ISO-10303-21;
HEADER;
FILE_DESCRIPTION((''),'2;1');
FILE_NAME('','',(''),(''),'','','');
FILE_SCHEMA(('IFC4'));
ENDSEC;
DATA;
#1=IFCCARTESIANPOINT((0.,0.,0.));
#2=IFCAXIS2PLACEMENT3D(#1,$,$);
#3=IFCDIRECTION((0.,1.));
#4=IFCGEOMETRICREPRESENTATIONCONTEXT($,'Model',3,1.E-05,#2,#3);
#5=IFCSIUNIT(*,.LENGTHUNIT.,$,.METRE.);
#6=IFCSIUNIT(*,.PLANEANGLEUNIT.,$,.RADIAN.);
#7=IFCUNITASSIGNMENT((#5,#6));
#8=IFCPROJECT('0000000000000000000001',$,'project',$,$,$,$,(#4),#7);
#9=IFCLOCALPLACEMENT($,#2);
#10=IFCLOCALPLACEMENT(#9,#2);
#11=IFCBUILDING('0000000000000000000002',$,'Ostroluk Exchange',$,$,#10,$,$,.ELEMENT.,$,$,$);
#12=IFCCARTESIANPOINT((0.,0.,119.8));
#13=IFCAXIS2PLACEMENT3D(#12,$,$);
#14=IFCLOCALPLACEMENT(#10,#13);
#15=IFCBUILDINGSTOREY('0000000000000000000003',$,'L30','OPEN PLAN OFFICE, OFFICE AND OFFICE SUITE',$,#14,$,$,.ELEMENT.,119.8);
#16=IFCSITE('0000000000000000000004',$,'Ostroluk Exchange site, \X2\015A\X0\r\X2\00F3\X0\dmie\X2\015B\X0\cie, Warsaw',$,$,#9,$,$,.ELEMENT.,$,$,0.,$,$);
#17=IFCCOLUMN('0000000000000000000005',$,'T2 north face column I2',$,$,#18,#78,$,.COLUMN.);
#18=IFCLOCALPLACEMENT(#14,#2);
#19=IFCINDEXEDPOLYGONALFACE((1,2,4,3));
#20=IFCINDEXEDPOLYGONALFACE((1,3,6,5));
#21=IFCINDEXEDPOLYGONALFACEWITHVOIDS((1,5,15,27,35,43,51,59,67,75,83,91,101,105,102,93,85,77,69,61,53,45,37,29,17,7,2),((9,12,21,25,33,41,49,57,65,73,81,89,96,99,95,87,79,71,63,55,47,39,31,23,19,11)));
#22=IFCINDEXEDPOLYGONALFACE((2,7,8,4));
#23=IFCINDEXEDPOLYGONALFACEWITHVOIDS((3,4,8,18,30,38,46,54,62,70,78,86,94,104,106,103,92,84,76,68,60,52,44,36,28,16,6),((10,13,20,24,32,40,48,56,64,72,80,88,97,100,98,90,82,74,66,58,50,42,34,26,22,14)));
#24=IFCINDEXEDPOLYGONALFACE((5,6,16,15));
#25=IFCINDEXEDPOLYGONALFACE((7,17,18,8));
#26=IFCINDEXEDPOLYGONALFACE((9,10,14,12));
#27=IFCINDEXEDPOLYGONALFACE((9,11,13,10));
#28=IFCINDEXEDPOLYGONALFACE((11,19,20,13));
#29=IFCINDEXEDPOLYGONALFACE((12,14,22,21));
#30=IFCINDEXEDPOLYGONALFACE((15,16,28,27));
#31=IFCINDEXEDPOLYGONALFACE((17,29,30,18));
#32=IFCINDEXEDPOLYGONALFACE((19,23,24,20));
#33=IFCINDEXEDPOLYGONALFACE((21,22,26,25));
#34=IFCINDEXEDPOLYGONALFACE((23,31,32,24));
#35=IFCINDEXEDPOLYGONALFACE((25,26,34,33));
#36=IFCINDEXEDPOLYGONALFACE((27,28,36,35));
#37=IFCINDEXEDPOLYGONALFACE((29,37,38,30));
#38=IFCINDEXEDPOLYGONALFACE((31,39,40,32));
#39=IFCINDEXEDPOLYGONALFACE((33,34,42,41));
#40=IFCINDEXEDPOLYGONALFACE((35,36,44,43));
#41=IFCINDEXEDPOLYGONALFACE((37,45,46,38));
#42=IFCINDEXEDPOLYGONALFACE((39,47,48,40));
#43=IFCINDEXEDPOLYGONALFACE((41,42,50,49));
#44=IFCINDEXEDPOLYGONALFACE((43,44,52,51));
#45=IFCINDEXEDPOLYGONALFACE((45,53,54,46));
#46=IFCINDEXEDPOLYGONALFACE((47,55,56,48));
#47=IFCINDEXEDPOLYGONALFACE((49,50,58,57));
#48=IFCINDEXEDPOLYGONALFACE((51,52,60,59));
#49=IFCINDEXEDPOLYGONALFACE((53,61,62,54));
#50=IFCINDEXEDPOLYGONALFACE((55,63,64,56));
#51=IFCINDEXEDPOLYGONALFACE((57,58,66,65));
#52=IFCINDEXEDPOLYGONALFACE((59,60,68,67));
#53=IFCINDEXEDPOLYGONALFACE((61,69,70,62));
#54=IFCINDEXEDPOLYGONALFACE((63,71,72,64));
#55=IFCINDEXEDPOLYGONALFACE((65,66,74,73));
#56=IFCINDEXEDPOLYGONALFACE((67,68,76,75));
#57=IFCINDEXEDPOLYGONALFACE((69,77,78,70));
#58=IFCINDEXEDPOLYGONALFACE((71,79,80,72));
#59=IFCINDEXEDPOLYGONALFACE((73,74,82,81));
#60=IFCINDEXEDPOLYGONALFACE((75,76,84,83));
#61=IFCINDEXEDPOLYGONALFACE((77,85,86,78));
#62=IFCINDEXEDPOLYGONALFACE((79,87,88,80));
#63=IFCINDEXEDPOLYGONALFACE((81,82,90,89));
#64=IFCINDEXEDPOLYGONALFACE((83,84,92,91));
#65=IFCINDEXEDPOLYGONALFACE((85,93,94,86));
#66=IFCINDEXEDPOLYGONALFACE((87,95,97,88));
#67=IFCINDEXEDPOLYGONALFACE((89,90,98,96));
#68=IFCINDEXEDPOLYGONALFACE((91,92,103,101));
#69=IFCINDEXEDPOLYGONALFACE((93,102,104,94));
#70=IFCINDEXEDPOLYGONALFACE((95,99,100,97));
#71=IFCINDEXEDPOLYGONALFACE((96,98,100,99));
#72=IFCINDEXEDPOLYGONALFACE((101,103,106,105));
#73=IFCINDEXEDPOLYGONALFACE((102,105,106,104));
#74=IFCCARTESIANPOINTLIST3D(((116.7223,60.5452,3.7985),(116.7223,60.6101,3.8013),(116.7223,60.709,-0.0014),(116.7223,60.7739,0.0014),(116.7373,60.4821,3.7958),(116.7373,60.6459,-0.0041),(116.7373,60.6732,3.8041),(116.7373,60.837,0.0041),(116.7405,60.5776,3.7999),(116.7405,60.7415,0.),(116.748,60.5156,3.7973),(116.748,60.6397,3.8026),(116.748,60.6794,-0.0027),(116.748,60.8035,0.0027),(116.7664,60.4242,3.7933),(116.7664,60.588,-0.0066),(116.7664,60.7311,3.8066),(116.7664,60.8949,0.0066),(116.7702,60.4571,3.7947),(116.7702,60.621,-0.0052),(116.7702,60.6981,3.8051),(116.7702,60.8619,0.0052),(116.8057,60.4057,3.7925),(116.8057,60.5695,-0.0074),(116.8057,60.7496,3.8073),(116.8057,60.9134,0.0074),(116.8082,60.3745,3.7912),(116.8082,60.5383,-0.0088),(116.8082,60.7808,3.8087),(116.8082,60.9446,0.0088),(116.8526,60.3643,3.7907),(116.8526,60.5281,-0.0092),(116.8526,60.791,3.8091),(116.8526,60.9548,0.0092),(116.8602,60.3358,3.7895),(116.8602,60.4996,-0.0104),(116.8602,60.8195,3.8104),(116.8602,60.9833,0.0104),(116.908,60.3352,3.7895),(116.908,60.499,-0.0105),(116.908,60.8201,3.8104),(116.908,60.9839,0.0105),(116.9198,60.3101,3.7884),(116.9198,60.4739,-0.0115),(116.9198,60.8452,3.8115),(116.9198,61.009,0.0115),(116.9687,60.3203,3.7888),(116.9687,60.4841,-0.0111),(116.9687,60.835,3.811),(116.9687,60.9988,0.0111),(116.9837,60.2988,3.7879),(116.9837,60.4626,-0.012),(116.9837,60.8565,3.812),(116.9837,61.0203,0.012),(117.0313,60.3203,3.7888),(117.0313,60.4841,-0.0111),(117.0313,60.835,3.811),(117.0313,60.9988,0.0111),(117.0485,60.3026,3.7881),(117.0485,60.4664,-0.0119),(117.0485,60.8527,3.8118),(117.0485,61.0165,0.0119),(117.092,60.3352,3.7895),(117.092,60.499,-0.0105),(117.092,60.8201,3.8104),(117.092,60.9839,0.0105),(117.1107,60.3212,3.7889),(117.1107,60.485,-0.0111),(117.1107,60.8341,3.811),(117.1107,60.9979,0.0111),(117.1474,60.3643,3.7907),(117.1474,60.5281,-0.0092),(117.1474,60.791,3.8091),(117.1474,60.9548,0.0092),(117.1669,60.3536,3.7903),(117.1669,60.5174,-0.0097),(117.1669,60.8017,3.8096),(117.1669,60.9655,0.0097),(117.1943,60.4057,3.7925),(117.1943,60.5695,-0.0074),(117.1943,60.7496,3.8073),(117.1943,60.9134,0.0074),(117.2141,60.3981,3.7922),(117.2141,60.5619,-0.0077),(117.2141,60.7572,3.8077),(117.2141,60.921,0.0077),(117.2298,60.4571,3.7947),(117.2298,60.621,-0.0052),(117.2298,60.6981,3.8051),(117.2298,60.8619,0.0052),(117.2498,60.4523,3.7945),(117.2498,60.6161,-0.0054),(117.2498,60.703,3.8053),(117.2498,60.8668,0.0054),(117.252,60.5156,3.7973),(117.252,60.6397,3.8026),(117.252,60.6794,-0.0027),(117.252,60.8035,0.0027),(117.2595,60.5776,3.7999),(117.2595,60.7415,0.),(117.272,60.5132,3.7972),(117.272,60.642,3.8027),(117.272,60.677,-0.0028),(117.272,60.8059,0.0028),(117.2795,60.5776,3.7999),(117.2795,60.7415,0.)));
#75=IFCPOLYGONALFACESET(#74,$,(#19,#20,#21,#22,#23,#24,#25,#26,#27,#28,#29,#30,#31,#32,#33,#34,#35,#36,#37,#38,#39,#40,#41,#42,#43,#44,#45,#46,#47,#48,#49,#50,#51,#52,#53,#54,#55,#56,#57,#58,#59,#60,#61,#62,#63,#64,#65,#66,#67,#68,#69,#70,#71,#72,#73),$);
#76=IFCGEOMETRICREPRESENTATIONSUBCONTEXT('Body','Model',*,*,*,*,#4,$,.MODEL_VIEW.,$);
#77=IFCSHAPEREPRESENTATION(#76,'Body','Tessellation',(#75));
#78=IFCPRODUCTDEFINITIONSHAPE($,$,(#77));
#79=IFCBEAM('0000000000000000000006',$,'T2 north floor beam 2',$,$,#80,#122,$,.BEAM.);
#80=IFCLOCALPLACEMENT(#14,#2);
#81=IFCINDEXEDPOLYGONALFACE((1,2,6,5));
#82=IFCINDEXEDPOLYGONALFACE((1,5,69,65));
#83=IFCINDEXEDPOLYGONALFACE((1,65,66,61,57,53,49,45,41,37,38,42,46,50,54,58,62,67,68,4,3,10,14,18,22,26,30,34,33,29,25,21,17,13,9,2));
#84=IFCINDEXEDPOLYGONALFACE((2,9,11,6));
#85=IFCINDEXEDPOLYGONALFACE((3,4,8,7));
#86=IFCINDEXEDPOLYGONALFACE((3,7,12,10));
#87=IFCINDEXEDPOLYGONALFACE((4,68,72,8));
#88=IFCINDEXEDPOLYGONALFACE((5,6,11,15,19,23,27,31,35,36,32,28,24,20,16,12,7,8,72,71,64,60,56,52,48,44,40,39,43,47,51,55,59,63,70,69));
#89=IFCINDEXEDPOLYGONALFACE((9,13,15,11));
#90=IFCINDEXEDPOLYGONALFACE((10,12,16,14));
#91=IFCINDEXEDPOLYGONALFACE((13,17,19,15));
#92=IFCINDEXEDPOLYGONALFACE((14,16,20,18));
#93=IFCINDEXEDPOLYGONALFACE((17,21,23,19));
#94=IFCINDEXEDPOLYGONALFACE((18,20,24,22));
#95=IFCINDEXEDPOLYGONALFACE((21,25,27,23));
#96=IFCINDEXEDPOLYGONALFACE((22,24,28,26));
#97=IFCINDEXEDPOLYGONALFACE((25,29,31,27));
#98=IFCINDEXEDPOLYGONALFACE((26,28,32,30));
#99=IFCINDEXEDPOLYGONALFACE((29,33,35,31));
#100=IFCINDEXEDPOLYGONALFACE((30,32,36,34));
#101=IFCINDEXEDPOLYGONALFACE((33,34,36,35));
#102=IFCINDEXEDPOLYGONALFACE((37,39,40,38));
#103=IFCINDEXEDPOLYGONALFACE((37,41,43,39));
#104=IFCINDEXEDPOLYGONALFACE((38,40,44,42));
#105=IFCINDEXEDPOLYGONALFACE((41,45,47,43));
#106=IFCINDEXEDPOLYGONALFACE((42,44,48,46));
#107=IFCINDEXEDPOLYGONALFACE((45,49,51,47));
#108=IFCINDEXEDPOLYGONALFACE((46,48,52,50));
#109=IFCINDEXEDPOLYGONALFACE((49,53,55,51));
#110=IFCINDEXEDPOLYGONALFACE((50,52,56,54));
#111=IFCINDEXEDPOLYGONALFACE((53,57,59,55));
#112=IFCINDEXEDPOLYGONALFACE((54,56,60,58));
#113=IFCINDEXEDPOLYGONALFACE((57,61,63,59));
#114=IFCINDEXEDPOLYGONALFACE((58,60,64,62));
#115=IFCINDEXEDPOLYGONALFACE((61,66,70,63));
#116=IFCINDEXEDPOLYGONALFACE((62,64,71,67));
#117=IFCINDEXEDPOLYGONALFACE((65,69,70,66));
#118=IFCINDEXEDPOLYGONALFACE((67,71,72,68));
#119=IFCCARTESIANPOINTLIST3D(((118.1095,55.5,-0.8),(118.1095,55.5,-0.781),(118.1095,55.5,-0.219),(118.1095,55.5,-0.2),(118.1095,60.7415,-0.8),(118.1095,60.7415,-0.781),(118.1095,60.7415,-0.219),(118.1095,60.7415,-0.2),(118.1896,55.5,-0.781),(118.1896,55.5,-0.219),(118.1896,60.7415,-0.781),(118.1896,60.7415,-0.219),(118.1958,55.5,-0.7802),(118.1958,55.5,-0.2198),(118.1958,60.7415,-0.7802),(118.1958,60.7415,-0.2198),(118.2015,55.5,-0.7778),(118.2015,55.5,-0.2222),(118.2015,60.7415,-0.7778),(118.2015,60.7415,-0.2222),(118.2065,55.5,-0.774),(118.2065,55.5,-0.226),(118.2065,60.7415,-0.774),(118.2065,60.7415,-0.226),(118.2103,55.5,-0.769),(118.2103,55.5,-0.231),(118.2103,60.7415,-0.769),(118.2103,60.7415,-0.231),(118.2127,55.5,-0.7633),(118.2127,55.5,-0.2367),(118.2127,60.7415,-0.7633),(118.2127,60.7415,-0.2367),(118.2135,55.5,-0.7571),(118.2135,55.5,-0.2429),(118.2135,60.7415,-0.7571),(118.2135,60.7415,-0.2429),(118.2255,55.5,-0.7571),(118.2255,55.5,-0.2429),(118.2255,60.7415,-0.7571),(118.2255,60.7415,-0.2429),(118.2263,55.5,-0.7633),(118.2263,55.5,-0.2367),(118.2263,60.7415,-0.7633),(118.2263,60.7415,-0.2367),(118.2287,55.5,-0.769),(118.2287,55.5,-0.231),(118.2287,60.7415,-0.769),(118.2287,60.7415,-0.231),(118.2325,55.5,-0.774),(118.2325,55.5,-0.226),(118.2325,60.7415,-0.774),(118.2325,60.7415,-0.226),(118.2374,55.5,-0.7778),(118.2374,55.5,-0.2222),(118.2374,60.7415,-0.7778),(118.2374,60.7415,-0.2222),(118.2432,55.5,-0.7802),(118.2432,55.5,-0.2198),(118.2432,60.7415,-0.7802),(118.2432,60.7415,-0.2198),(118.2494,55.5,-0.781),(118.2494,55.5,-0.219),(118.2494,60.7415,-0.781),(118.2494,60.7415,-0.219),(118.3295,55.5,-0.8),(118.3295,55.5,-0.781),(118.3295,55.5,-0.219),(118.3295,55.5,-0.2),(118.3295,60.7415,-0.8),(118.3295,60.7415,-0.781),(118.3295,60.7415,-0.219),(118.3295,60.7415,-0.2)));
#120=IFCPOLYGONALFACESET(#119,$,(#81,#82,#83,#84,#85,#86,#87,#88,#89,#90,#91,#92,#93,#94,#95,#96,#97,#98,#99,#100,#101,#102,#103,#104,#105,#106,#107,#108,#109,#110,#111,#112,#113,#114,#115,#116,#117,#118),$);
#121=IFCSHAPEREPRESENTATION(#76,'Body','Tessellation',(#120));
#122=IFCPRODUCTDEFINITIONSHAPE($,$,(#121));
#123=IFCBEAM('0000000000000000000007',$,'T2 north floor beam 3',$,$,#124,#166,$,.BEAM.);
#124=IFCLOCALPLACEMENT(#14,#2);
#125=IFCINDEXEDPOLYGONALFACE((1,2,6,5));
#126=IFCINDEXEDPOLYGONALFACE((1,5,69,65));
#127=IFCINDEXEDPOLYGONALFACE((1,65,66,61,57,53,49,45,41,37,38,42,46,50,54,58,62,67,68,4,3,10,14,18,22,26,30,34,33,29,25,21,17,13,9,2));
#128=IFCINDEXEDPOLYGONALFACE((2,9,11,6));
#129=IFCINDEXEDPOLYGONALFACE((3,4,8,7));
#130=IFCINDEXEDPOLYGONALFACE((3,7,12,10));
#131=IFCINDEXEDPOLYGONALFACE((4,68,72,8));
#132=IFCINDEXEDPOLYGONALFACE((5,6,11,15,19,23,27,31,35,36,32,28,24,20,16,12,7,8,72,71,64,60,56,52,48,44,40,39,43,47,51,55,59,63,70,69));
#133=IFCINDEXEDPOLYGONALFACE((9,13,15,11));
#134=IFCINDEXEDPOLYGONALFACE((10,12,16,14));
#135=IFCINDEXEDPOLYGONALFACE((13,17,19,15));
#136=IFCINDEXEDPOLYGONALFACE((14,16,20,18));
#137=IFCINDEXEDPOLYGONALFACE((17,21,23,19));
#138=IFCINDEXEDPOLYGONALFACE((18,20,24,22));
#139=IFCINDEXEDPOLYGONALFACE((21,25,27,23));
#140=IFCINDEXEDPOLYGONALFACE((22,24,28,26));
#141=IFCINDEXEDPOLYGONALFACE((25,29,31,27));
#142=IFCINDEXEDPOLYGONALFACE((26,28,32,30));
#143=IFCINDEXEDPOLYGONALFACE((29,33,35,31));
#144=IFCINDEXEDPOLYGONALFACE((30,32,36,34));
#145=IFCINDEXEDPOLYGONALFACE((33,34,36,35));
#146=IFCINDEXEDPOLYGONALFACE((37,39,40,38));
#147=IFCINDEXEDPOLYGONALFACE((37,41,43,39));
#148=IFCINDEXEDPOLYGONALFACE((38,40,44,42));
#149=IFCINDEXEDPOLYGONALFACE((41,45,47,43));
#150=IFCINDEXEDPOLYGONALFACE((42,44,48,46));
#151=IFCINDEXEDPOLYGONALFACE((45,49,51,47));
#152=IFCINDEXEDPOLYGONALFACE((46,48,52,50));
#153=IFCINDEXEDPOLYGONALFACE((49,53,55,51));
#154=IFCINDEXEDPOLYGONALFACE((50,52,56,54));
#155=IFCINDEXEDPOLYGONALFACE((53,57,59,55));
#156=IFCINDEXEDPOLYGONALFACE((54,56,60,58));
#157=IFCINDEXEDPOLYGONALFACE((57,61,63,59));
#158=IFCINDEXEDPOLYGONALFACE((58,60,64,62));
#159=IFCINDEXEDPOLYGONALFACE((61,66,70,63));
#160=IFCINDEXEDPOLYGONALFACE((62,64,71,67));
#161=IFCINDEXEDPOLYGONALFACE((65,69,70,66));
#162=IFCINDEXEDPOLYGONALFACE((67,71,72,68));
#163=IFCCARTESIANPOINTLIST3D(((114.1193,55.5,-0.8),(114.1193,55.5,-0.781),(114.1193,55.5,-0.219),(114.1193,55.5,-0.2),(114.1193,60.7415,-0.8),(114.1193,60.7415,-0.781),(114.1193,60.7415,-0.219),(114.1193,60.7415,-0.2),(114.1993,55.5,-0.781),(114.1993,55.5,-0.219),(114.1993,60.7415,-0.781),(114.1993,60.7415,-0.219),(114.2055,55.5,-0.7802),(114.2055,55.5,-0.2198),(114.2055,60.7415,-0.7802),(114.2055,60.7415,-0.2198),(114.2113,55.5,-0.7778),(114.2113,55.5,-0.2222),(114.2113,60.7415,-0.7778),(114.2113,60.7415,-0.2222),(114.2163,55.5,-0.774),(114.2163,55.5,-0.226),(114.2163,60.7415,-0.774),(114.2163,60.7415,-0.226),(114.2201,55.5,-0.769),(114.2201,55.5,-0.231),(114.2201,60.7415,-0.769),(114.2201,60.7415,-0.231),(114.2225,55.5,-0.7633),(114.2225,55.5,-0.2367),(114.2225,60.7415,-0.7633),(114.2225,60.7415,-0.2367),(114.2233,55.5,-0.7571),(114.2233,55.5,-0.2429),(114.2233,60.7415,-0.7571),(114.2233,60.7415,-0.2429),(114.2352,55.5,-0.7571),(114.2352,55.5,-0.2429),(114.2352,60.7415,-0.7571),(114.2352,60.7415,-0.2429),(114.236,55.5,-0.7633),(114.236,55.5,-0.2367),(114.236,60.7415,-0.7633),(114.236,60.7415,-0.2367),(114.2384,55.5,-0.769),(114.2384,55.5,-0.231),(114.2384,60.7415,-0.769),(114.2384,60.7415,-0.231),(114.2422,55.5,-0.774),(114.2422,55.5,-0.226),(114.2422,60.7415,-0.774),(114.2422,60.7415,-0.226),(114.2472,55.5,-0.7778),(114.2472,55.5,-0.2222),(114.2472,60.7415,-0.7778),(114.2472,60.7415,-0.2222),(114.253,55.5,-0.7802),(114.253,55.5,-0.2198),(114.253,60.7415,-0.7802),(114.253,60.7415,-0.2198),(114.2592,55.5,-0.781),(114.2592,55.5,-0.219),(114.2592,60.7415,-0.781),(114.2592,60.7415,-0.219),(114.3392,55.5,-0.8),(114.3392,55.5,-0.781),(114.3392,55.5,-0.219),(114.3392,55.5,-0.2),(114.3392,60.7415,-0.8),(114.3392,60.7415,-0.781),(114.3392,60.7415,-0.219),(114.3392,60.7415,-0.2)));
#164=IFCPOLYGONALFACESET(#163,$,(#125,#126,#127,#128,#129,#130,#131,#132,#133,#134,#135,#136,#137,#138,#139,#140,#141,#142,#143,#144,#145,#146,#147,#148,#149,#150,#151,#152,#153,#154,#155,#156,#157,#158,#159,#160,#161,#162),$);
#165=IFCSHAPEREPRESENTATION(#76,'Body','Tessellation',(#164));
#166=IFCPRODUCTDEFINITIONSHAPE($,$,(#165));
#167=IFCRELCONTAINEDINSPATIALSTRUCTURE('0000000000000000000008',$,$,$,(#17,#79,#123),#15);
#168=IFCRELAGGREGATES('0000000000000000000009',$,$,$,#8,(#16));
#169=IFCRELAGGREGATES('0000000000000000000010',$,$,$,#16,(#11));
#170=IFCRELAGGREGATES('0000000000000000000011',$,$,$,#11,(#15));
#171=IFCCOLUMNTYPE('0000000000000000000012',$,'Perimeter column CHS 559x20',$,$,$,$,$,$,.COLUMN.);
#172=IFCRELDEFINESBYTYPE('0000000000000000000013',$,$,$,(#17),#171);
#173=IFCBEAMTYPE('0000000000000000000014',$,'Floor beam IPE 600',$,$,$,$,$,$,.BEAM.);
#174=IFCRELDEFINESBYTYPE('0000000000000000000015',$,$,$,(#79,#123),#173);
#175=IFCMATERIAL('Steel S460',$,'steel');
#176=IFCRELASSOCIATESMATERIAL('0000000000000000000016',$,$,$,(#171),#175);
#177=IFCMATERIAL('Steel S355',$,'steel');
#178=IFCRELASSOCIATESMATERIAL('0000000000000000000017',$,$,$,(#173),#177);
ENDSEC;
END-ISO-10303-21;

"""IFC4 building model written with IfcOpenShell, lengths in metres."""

from ifc_helpers import new_model, si_unit, direction, frame, origin, origin_2d, place, context, subcontext, project, spatial, hollow_circle, i_section, extrude, material, material_profile, profile_set, type_object, element, save


model = new_model("IFC4")

# Units and contexts
model_context = context("Model", 3, precision=1e-05, world=origin(), true_north=direction((0.0, 1.0)))
body_context = subcontext(model_context, "Body", "Model", "MODEL_VIEW")
ifc_project = project(units=[si_unit("LENGTHUNIT", "METRE"), si_unit("PLANEANGLEUNIT", "RADIAN")], contexts=[model_context])

# Site, building, storey
site_placement = place(None, origin())
site = spatial("IfcSite", under=ifc_project, at=site_placement, Name="Ostroluk Exchange site, Śródmieście, Warsaw", CompositionType="ELEMENT", RefElevation=0.0)
building_placement = place(site_placement, origin())
building = spatial("IfcBuilding", under=site, at=building_placement, Name="Ostroluk Exchange", CompositionType="ELEMENT")
storey_placement = place(building_placement, frame((0.0, 0.0, 119.8)))
storey = spatial("IfcBuildingStorey", under=building, at=storey_placement, Name="L30", Description="OPEN PLAN OFFICE, OFFICE AND OFFICE SUITE", CompositionType="ELEMENT", Elevation=119.8)

# Column
ifc_material_1 = material(Name="Steel S460", Category="steel")
ifc_material_profile_1 = material_profile(ifc_material_1, hollow_circle(Radius=0.2795, WallThickness=0.02, at=origin_2d()), Name="CHS 559x20")
ifc_profile_set_1 = profile_set([ifc_material_profile_1], Name="Steel S460")
column_type = type_object("IfcColumnType", Name="Perimeter column CHS 559x20", PredefinedType="COLUMN", material=ifc_profile_set_1)
column_placement = place(storey_placement, frame((117.0, 60.7415, 0.0), z_axis=(0.0, -0.04307, 0.999072), x_axis=(1.0, 0.0, 0.0)))
element("IfcColumn", 1, at=column_placement, inside=storey, type_object=column_type, Name="T2 north face column I2", PredefinedType="COLUMN", context=body_context, shape_type="SweptSolid", body=[
    extrude(hollow_circle(Radius=0.2795, WallThickness=0.02, at=origin_2d()), origin(), (0.0, 0.0, 1.0), 3.8035),
])

# Beams
ifc_material_2 = material(Name="Steel S355", Category="steel")
ifc_material_profile_2 = material_profile(ifc_material_2, i_section(OverallWidth=0.22, OverallDepth=0.6001, WebThickness=0.012, FlangeThickness=0.019, FilletRadius=0.0239, at=origin_2d()), Name="IPE 600")
ifc_profile_set_2 = profile_set([ifc_material_profile_2], Name="Steel S355")
beam_type_1 = type_object("IfcBeamType", Name="Floor beam IPE 600", PredefinedType="BEAM", material=ifc_profile_set_2)
for number, where, z_axis, x_axis, name in (
    (2, (118.2195, 55.5, -0.5), (0.0, 1.0, 0.0), (-1.0, 0.0, 0.0), "T2 north floor beam 2"),
    (3, (114.2292, 55.5, -0.5), (0.0, 1.0, 0.0), (-1.0, 0.0, 0.0), "T2 north floor beam 3"),
):
    element("IfcBeam", number, at=place(storey_placement, frame(where, z_axis=z_axis, x_axis=x_axis)), inside=storey, type_object=beam_type_1, Name=name, PredefinedType="BEAM", context=body_context, shape_type="SweptSolid", body=[
        extrude(i_section(OverallWidth=0.22, OverallDepth=0.6001, WebThickness=0.012, FlangeThickness=0.019, FilletRadius=0.0239, at=origin_2d()), origin(), (0.0, 0.0, 1.0), 5.2415),
    ])

save(model, "model.ifc")
